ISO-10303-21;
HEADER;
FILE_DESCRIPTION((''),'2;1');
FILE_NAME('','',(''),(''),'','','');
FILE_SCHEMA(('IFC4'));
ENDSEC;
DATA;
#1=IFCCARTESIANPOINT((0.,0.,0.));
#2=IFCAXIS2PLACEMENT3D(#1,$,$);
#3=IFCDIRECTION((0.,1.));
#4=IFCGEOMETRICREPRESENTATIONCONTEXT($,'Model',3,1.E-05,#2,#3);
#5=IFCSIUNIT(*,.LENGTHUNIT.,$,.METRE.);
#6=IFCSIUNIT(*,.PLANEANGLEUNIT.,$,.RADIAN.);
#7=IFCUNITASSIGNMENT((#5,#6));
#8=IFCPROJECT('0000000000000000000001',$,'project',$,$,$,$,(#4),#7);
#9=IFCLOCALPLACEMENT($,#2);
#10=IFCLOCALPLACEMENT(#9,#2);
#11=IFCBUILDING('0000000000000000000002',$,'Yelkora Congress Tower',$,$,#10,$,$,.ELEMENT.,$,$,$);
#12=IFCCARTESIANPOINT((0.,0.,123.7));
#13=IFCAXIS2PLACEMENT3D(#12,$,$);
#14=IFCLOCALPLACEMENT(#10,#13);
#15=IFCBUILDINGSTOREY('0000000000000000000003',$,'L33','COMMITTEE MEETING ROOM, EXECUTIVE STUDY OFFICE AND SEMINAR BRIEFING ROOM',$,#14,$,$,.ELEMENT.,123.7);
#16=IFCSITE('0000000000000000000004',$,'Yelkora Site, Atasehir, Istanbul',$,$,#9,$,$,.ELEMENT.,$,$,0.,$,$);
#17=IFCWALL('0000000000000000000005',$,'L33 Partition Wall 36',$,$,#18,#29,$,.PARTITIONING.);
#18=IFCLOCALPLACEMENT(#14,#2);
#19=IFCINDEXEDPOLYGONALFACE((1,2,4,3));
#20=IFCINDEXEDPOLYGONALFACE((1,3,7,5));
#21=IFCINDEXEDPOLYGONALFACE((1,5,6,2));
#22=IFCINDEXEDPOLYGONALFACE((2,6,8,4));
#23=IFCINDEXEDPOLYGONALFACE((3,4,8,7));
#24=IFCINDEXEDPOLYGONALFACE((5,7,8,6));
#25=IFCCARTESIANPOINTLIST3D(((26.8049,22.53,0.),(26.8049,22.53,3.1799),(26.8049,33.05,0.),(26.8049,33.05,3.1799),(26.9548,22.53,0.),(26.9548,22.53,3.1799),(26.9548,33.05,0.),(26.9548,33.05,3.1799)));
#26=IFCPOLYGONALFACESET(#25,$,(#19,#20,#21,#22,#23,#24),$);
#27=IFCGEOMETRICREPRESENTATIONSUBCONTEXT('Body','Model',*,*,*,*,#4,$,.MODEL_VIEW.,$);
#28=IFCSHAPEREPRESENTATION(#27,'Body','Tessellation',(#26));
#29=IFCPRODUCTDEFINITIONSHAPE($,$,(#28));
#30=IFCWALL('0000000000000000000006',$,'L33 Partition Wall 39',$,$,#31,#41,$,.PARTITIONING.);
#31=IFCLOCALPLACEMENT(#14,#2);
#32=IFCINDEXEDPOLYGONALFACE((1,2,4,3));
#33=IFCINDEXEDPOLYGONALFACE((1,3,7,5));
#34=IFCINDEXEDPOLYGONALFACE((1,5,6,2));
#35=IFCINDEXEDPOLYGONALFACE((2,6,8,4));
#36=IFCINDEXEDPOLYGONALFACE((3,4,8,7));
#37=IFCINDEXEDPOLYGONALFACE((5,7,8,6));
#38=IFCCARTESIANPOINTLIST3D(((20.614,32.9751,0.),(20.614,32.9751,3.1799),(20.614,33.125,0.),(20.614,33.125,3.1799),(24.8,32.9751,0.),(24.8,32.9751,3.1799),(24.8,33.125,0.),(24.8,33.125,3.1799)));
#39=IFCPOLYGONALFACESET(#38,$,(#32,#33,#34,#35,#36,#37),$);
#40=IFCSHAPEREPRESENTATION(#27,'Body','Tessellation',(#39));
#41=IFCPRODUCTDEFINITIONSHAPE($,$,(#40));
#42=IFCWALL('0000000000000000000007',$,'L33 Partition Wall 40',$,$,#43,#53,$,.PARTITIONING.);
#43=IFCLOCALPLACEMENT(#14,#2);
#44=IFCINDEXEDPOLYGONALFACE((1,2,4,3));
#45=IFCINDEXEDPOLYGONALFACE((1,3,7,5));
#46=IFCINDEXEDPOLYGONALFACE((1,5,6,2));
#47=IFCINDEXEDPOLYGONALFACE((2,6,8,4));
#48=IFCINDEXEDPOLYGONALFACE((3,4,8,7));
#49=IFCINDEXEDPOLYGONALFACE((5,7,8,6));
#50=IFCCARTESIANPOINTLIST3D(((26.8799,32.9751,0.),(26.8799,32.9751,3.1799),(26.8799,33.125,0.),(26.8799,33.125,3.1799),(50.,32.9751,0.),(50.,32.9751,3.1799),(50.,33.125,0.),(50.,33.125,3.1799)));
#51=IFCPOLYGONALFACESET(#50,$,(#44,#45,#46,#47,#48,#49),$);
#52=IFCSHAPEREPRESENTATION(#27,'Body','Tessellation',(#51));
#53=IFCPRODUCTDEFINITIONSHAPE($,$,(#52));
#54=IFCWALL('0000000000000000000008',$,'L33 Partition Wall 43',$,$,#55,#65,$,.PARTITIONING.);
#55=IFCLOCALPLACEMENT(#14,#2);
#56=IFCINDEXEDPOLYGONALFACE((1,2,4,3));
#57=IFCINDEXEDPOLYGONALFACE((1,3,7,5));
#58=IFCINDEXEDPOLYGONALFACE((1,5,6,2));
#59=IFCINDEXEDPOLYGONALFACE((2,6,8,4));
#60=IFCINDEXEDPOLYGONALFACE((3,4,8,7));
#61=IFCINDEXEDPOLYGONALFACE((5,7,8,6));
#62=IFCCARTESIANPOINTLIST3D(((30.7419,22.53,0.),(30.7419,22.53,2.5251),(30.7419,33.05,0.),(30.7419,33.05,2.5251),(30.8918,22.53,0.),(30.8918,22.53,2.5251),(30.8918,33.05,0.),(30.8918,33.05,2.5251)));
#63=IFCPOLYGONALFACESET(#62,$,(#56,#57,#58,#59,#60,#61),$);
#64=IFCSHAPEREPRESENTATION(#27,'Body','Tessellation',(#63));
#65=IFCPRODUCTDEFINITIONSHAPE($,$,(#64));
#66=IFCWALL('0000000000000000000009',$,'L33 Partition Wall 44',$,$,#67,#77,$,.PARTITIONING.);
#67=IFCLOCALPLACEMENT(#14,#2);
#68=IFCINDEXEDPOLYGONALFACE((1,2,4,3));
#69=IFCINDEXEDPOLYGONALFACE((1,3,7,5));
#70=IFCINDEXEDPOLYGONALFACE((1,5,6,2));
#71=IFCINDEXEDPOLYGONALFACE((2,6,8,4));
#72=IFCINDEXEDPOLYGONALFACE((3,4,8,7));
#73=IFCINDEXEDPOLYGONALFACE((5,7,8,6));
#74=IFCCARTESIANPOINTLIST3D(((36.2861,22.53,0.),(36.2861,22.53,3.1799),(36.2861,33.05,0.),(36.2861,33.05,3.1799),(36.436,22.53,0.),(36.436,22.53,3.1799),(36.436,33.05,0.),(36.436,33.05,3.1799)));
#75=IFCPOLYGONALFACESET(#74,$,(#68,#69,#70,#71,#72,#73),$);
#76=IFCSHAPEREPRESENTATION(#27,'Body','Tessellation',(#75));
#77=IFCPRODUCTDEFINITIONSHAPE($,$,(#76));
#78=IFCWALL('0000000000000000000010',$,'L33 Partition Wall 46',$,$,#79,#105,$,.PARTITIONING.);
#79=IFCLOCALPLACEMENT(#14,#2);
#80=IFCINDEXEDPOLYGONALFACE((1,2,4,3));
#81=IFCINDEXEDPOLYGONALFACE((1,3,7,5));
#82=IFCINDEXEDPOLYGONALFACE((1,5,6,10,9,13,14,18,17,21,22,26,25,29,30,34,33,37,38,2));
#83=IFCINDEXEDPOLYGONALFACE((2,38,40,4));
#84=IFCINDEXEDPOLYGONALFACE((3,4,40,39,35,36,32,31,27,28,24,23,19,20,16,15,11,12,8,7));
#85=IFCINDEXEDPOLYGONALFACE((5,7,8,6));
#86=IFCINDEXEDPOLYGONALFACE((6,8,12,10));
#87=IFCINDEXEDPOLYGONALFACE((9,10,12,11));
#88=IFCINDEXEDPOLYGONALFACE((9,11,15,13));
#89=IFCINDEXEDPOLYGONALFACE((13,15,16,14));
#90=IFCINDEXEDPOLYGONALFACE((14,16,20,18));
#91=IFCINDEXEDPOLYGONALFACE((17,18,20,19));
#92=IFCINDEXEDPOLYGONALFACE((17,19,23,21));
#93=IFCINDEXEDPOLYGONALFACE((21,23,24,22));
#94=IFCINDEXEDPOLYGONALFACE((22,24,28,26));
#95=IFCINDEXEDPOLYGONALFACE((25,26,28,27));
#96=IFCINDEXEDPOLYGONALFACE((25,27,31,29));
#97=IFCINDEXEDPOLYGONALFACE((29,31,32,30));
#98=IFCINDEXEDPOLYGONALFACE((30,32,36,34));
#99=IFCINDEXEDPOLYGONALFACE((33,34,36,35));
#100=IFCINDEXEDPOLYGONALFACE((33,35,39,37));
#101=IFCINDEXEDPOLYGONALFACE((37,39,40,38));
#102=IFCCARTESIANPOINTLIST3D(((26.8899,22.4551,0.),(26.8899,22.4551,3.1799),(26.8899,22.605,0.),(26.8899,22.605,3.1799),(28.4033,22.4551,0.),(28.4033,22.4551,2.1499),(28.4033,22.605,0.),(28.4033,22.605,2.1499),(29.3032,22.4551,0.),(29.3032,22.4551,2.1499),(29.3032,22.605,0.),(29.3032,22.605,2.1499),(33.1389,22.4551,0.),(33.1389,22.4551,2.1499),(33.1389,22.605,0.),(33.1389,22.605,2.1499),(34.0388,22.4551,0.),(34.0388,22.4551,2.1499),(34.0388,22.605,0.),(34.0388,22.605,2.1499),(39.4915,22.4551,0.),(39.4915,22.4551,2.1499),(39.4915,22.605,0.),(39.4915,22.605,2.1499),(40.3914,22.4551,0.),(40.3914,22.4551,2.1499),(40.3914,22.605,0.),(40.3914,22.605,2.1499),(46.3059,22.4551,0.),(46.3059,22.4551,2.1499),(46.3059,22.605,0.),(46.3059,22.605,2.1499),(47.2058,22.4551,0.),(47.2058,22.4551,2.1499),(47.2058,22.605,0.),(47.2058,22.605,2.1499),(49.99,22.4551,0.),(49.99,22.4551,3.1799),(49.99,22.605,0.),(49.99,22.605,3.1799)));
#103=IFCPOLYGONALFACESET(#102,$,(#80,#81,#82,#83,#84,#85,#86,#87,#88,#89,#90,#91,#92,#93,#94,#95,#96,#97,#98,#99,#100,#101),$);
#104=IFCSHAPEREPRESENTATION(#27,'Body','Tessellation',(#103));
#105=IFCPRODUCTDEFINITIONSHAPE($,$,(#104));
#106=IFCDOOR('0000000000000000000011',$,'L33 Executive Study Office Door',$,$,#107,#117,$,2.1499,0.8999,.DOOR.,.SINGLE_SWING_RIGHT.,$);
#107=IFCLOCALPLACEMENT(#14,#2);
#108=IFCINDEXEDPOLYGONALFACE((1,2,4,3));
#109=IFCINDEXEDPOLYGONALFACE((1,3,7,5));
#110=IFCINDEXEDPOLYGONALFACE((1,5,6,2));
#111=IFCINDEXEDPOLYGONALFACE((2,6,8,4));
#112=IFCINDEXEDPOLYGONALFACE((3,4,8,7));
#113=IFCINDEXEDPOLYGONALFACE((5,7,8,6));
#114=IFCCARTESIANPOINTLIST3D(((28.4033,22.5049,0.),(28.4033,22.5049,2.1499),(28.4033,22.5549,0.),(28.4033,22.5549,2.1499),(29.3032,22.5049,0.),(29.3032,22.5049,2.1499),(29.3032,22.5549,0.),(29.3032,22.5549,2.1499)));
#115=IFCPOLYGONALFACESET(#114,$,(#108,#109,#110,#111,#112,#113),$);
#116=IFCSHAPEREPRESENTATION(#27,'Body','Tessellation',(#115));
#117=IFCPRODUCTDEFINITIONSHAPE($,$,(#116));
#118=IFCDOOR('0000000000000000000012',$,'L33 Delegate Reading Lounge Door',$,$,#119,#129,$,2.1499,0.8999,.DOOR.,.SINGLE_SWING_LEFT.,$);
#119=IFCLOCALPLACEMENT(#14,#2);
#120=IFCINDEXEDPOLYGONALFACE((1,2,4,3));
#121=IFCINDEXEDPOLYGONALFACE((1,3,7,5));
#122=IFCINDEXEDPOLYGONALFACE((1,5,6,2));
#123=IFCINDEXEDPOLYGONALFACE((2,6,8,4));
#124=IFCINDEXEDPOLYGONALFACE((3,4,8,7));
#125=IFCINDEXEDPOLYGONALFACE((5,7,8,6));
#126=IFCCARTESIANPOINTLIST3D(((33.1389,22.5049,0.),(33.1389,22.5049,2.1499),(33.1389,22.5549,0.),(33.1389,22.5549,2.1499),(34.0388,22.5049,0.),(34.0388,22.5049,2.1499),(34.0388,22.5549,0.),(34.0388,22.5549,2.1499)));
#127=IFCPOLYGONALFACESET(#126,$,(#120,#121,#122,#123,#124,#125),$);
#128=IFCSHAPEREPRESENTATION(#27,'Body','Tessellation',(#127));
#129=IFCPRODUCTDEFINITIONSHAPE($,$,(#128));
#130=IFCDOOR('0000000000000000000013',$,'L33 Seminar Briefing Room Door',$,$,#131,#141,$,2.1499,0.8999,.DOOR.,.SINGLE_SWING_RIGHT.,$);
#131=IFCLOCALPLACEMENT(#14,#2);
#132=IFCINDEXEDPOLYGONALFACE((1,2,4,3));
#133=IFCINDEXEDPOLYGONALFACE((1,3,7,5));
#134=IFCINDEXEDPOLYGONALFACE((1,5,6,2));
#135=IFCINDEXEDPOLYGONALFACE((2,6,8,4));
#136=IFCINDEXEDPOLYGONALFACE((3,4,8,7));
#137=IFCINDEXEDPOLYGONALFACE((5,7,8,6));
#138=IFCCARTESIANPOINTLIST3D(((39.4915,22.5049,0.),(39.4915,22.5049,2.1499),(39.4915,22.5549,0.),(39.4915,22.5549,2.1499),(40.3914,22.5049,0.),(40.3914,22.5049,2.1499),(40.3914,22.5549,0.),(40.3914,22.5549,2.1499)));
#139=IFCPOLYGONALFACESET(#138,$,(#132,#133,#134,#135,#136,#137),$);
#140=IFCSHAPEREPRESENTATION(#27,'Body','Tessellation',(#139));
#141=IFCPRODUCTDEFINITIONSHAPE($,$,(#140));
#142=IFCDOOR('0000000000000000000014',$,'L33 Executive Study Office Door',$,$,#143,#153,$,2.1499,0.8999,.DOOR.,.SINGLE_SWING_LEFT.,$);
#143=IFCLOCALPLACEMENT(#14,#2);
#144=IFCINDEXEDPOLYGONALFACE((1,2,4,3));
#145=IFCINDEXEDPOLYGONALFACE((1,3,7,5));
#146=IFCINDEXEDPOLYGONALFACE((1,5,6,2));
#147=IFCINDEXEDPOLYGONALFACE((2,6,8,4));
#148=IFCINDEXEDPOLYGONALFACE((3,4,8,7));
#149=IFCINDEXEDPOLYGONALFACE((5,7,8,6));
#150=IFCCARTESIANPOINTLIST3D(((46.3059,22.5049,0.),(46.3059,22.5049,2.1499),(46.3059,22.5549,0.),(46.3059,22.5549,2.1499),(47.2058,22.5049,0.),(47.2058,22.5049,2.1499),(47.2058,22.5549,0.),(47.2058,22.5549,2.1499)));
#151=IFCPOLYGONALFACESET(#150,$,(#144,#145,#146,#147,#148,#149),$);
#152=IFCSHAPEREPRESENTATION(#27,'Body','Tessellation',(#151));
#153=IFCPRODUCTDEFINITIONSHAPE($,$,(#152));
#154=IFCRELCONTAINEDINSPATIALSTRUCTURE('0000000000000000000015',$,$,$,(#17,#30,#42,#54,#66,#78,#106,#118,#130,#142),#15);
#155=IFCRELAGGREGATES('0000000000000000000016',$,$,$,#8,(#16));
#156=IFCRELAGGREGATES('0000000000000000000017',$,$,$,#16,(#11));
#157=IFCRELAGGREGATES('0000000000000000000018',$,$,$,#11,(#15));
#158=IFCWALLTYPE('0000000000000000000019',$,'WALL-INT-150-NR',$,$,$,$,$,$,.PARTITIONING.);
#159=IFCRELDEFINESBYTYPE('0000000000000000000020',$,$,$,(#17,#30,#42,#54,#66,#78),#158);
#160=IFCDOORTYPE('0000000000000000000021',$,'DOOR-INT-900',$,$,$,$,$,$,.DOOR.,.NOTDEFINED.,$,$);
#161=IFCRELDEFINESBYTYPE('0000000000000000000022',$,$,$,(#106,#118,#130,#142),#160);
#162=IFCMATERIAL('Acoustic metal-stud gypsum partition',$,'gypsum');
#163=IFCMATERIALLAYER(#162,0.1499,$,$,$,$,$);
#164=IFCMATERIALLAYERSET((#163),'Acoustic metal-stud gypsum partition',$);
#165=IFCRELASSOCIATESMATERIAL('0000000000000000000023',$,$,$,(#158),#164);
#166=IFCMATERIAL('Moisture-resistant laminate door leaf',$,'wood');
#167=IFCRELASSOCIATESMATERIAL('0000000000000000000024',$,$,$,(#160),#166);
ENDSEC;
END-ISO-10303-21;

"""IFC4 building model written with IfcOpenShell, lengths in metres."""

from ifc_helpers import new_model, si_unit, direction, frame, frame_2d, origin, place, context, subcontext, project, spatial, rectangle, extrude, material, layer, layer_set, type_object, element, fill, save


model = new_model("IFC4")

# Units and contexts
model_context = context("Model", 3, precision=1e-05, world=origin(), true_north=direction((0.0, 1.0)))
body_context = subcontext(model_context, "Body", "Model", "MODEL_VIEW")
ifc_project = project(units=[si_unit("LENGTHUNIT", "METRE"), si_unit("PLANEANGLEUNIT", "RADIAN")], contexts=[model_context])

# Site, building, storey
site_placement = place(None, origin())
site = spatial("IfcSite", under=ifc_project, at=site_placement, Name="Yelkora Site, Atasehir, Istanbul", CompositionType="ELEMENT", RefElevation=0.0)
building_placement = place(site_placement, origin())
building = spatial("IfcBuilding", under=site, at=building_placement, Name="Yelkora Congress Tower", CompositionType="ELEMENT")
storey_placement = place(building_placement, frame((0.0, 0.0, 123.7)))
storey = spatial("IfcBuildingStorey", under=building, at=storey_placement, Name="L33", Description="COMMITTEE MEETING ROOM, EXECUTIVE STUDY OFFICE AND SEMINAR BRIEFING ROOM", CompositionType="ELEMENT", Elevation=123.7)

# Shared definitions
ifc_material_1 = material(Name="Acoustic metal-stud gypsum partition", Category="gypsum")
ifc_layer = layer(ifc_material_1, 0.1499)
ifc_layer_set = layer_set([ifc_layer], Name="Acoustic metal-stud gypsum partition")
wall_type = type_object("IfcWallType", Name="WALL-INT-150-NR", PredefinedType="PARTITIONING", material=ifc_layer_set)
ifc_material_2 = material(Name="Moisture-resistant laminate door leaf", Category="wood")
door_type = type_object("IfcDoorType", Name="DOOR-INT-900", OperationType="NOTDEFINED", PredefinedType="DOOR", material=ifc_material_2)

# Walls
for number, where, z_axis, x_axis, name in (
    (1, (26.8799, 22.53, 0.0), (0.0, 0.0, 1.0), (0.0, 1.0, 0.0), "L33 Partition Wall 36"),
):
    element("IfcWall", number, at=place(storey_placement, frame(where, z_axis=z_axis, x_axis=x_axis)), inside=storey, type_object=wall_type, Name=name, PredefinedType="PARTITIONING", context=body_context, shape_type="SweptSolid", body=[
        extrude(rectangle(XDim=10.52, YDim=0.1499, at=frame_2d((5.26, 0.0))), origin(), (0.0, 0.0, 1.0), 3.1799),
    ])
wall_1_placement = place(storey_placement, frame((20.614, 33.05, 0.0), z_axis=(0.0, 0.0, 1.0), x_axis=(1.0, 0.0, 0.0)))
element("IfcWall", 2, at=wall_1_placement, inside=storey, type_object=wall_type, Name="L33 Partition Wall 39", PredefinedType="PARTITIONING", context=body_context, shape_type="SweptSolid", body=[
    extrude(rectangle(XDim=4.186, YDim=0.1499, at=frame_2d((2.093, 0.0))), origin(), (0.0, 0.0, 1.0), 3.1799),
])
wall_2_placement = place(storey_placement, frame((26.8799, 33.05, 0.0), z_axis=(0.0, 0.0, 1.0), x_axis=(1.0, 0.0, 0.0)))
element("IfcWall", 3, at=wall_2_placement, inside=storey, type_object=wall_type, Name="L33 Partition Wall 40", PredefinedType="PARTITIONING", context=body_context, shape_type="SweptSolid", body=[
    extrude(rectangle(XDim=23.1201, YDim=0.1499, at=frame_2d((11.5601, 0.0))), origin(), (0.0, 0.0, 1.0), 3.1799),
])

# Walls
wall_3_placement = place(storey_placement, frame((30.8169, 22.53, 0.0), z_axis=(0.0, 0.0, 1.0), x_axis=(0.0, 1.0, 0.0)))
element("IfcWall", 4, at=wall_3_placement, inside=storey, type_object=wall_type, Name="L33 Partition Wall 43", PredefinedType="PARTITIONING", context=body_context, shape_type="SweptSolid", body=[
    extrude(rectangle(XDim=10.52, YDim=0.1499, at=frame_2d((5.26, 0.0))), origin(), (0.0, 0.0, 1.0), 2.5251),
])
wall_4_placement = place(storey_placement, frame((36.3611, 22.53, 0.0), z_axis=(0.0, 0.0, 1.0), x_axis=(0.0, 1.0, 0.0)))
element("IfcWall", 5, at=wall_4_placement, inside=storey, type_object=wall_type, Name="L33 Partition Wall 44", PredefinedType="PARTITIONING", context=body_context, shape_type="SweptSolid", body=[
    extrude(rectangle(XDim=10.52, YDim=0.1499, at=frame_2d((5.26, 0.0))), origin(), (0.0, 0.0, 1.0), 3.1799),
])

# Wall, openings, doors
wall_5_placement = place(storey_placement, frame((26.8899, 22.53, 0.0), z_axis=(0.0, 0.0, 1.0), x_axis=(1.0, 0.0, 0.0)))
wall_5 = element("IfcWall", 6, at=wall_5_placement, inside=storey, type_object=wall_type, Name="L33 Partition Wall 46", PredefinedType="PARTITIONING", context=body_context, shape_type="SweptSolid", body=[
    extrude(rectangle(XDim=23.1001, YDim=0.1499, at=frame_2d((11.55, 0.0))), origin(), (0.0, 0.0, 1.0), 3.1799),
])
opening_1_placement = place(wall_5_placement, frame((1.5134, 0.0, 0.0)))
opening_1 = element("IfcOpeningElement", 7, at=opening_1_placement, cuts=wall_5, PredefinedType="OPENING", context=body_context, shape_type="SweptSolid", body=[
    extrude(rectangle(XDim=0.8999, YDim=2.1499, at=frame_2d((0.45, 1.075))), frame((0.0, 0.085, 0.0), z_axis=(0.0, -1.0, 0.0), x_axis=(1.0, 0.0, 0.0)), (0.0, 0.0, 1.0), 0.1699),
])
opening_2_placement = place(wall_5_placement, frame((6.249, 0.0, 0.0)))
opening_2 = element("IfcOpeningElement", 8, at=opening_2_placement, cuts=wall_5, PredefinedType="OPENING", context=body_context, shape_type="SweptSolid", body=[
    extrude(rectangle(XDim=0.8999, YDim=2.1499, at=frame_2d((0.45, 1.075))), frame((0.0, 0.085, 0.0), z_axis=(0.0, -1.0, 0.0), x_axis=(1.0, 0.0, 0.0)), (0.0, 0.0, 1.0), 0.1699),
])
opening_3_placement = place(wall_5_placement, frame((12.6016, 0.0, 0.0)))
opening_3 = element("IfcOpeningElement", 9, at=opening_3_placement, cuts=wall_5, PredefinedType="OPENING", context=body_context, shape_type="SweptSolid", body=[
    extrude(rectangle(XDim=0.8999, YDim=2.1499, at=frame_2d((0.45, 1.075))), frame((0.0, 0.085, 0.0), z_axis=(0.0, -1.0, 0.0), x_axis=(1.0, 0.0, 0.0)), (0.0, 0.0, 1.0), 0.1699),
])
opening_4_placement = place(wall_5_placement, frame((19.416, 0.0, 0.0)))
opening_4 = element("IfcOpeningElement", 10, at=opening_4_placement, cuts=wall_5, PredefinedType="OPENING", context=body_context, shape_type="SweptSolid", body=[
    extrude(rectangle(XDim=0.8999, YDim=2.1499, at=frame_2d((0.45, 1.075))), frame((0.0, 0.085, 0.0), z_axis=(0.0, -1.0, 0.0), x_axis=(1.0, 0.0, 0.0)), (0.0, 0.0, 1.0), 0.1699),
])
door_1_placement = place(opening_1_placement, origin())
door_1 = element("IfcDoor", 11, at=door_1_placement, inside=storey, type_object=door_type, Name="L33 Executive Study Office Door", OperationType="SINGLE_SWING_RIGHT", OverallHeight=2.1499, OverallWidth=0.8999, PredefinedType="DOOR", context=body_context, shape_type="SweptSolid", body=[
    extrude(rectangle(XDim=0.8999, YDim=2.1499, at=frame_2d((0.45, 1.075))), frame((0.0, 0.0249, 0.0), z_axis=(0.0, -1.0, 0.0), x_axis=(1.0, 0.0, 0.0)), (0.0, 0.0, 1.0), 0.05),
])
fill(opening_1, door_1)
door_2_placement = place(opening_2_placement, origin())
door_2 = element("IfcDoor", 12, at=door_2_placement, inside=storey, type_object=door_type, Name="L33 Delegate Reading Lounge Door", OperationType="SINGLE_SWING_LEFT", OverallHeight=2.1499, OverallWidth=0.8999, PredefinedType="DOOR", context=body_context, shape_type="SweptSolid", body=[
    extrude(rectangle(XDim=0.8999, YDim=2.1499, at=frame_2d((0.45, 1.075))), frame((0.0, 0.0249, 0.0), z_axis=(0.0, -1.0, 0.0), x_axis=(1.0, 0.0, 0.0)), (0.0, 0.0, 1.0), 0.05),
])
fill(opening_2, door_2)
door_3_placement = place(opening_3_placement, origin())
door_3 = element("IfcDoor", 13, at=door_3_placement, inside=storey, type_object=door_type, Name="L33 Seminar Briefing Room Door", OperationType="SINGLE_SWING_RIGHT", OverallHeight=2.1499, OverallWidth=0.8999, PredefinedType="DOOR", context=body_context, shape_type="SweptSolid", body=[
    extrude(rectangle(XDim=0.8999, YDim=2.1499, at=frame_2d((0.45, 1.075))), frame((0.0, 0.0249, 0.0), z_axis=(0.0, -1.0, 0.0), x_axis=(1.0, 0.0, 0.0)), (0.0, 0.0, 1.0), 0.05),
])
fill(opening_3, door_3)
door_4_placement = place(opening_4_placement, origin())
door_4 = element("IfcDoor", 14, at=door_4_placement, inside=storey, type_object=door_type, Name="L33 Executive Study Office Door", OperationType="SINGLE_SWING_LEFT", OverallHeight=2.1499, OverallWidth=0.8999, PredefinedType="DOOR", context=body_context, shape_type="SweptSolid", body=[
    extrude(rectangle(XDim=0.8999, YDim=2.1499, at=frame_2d((0.45, 1.075))), frame((0.0, 0.0249, 0.0), z_axis=(0.0, -1.0, 0.0), x_axis=(1.0, 0.0, 0.0)), (0.0, 0.0, 1.0), 0.05),
])
fill(opening_4, door_4)

save(model, "model.ifc")
